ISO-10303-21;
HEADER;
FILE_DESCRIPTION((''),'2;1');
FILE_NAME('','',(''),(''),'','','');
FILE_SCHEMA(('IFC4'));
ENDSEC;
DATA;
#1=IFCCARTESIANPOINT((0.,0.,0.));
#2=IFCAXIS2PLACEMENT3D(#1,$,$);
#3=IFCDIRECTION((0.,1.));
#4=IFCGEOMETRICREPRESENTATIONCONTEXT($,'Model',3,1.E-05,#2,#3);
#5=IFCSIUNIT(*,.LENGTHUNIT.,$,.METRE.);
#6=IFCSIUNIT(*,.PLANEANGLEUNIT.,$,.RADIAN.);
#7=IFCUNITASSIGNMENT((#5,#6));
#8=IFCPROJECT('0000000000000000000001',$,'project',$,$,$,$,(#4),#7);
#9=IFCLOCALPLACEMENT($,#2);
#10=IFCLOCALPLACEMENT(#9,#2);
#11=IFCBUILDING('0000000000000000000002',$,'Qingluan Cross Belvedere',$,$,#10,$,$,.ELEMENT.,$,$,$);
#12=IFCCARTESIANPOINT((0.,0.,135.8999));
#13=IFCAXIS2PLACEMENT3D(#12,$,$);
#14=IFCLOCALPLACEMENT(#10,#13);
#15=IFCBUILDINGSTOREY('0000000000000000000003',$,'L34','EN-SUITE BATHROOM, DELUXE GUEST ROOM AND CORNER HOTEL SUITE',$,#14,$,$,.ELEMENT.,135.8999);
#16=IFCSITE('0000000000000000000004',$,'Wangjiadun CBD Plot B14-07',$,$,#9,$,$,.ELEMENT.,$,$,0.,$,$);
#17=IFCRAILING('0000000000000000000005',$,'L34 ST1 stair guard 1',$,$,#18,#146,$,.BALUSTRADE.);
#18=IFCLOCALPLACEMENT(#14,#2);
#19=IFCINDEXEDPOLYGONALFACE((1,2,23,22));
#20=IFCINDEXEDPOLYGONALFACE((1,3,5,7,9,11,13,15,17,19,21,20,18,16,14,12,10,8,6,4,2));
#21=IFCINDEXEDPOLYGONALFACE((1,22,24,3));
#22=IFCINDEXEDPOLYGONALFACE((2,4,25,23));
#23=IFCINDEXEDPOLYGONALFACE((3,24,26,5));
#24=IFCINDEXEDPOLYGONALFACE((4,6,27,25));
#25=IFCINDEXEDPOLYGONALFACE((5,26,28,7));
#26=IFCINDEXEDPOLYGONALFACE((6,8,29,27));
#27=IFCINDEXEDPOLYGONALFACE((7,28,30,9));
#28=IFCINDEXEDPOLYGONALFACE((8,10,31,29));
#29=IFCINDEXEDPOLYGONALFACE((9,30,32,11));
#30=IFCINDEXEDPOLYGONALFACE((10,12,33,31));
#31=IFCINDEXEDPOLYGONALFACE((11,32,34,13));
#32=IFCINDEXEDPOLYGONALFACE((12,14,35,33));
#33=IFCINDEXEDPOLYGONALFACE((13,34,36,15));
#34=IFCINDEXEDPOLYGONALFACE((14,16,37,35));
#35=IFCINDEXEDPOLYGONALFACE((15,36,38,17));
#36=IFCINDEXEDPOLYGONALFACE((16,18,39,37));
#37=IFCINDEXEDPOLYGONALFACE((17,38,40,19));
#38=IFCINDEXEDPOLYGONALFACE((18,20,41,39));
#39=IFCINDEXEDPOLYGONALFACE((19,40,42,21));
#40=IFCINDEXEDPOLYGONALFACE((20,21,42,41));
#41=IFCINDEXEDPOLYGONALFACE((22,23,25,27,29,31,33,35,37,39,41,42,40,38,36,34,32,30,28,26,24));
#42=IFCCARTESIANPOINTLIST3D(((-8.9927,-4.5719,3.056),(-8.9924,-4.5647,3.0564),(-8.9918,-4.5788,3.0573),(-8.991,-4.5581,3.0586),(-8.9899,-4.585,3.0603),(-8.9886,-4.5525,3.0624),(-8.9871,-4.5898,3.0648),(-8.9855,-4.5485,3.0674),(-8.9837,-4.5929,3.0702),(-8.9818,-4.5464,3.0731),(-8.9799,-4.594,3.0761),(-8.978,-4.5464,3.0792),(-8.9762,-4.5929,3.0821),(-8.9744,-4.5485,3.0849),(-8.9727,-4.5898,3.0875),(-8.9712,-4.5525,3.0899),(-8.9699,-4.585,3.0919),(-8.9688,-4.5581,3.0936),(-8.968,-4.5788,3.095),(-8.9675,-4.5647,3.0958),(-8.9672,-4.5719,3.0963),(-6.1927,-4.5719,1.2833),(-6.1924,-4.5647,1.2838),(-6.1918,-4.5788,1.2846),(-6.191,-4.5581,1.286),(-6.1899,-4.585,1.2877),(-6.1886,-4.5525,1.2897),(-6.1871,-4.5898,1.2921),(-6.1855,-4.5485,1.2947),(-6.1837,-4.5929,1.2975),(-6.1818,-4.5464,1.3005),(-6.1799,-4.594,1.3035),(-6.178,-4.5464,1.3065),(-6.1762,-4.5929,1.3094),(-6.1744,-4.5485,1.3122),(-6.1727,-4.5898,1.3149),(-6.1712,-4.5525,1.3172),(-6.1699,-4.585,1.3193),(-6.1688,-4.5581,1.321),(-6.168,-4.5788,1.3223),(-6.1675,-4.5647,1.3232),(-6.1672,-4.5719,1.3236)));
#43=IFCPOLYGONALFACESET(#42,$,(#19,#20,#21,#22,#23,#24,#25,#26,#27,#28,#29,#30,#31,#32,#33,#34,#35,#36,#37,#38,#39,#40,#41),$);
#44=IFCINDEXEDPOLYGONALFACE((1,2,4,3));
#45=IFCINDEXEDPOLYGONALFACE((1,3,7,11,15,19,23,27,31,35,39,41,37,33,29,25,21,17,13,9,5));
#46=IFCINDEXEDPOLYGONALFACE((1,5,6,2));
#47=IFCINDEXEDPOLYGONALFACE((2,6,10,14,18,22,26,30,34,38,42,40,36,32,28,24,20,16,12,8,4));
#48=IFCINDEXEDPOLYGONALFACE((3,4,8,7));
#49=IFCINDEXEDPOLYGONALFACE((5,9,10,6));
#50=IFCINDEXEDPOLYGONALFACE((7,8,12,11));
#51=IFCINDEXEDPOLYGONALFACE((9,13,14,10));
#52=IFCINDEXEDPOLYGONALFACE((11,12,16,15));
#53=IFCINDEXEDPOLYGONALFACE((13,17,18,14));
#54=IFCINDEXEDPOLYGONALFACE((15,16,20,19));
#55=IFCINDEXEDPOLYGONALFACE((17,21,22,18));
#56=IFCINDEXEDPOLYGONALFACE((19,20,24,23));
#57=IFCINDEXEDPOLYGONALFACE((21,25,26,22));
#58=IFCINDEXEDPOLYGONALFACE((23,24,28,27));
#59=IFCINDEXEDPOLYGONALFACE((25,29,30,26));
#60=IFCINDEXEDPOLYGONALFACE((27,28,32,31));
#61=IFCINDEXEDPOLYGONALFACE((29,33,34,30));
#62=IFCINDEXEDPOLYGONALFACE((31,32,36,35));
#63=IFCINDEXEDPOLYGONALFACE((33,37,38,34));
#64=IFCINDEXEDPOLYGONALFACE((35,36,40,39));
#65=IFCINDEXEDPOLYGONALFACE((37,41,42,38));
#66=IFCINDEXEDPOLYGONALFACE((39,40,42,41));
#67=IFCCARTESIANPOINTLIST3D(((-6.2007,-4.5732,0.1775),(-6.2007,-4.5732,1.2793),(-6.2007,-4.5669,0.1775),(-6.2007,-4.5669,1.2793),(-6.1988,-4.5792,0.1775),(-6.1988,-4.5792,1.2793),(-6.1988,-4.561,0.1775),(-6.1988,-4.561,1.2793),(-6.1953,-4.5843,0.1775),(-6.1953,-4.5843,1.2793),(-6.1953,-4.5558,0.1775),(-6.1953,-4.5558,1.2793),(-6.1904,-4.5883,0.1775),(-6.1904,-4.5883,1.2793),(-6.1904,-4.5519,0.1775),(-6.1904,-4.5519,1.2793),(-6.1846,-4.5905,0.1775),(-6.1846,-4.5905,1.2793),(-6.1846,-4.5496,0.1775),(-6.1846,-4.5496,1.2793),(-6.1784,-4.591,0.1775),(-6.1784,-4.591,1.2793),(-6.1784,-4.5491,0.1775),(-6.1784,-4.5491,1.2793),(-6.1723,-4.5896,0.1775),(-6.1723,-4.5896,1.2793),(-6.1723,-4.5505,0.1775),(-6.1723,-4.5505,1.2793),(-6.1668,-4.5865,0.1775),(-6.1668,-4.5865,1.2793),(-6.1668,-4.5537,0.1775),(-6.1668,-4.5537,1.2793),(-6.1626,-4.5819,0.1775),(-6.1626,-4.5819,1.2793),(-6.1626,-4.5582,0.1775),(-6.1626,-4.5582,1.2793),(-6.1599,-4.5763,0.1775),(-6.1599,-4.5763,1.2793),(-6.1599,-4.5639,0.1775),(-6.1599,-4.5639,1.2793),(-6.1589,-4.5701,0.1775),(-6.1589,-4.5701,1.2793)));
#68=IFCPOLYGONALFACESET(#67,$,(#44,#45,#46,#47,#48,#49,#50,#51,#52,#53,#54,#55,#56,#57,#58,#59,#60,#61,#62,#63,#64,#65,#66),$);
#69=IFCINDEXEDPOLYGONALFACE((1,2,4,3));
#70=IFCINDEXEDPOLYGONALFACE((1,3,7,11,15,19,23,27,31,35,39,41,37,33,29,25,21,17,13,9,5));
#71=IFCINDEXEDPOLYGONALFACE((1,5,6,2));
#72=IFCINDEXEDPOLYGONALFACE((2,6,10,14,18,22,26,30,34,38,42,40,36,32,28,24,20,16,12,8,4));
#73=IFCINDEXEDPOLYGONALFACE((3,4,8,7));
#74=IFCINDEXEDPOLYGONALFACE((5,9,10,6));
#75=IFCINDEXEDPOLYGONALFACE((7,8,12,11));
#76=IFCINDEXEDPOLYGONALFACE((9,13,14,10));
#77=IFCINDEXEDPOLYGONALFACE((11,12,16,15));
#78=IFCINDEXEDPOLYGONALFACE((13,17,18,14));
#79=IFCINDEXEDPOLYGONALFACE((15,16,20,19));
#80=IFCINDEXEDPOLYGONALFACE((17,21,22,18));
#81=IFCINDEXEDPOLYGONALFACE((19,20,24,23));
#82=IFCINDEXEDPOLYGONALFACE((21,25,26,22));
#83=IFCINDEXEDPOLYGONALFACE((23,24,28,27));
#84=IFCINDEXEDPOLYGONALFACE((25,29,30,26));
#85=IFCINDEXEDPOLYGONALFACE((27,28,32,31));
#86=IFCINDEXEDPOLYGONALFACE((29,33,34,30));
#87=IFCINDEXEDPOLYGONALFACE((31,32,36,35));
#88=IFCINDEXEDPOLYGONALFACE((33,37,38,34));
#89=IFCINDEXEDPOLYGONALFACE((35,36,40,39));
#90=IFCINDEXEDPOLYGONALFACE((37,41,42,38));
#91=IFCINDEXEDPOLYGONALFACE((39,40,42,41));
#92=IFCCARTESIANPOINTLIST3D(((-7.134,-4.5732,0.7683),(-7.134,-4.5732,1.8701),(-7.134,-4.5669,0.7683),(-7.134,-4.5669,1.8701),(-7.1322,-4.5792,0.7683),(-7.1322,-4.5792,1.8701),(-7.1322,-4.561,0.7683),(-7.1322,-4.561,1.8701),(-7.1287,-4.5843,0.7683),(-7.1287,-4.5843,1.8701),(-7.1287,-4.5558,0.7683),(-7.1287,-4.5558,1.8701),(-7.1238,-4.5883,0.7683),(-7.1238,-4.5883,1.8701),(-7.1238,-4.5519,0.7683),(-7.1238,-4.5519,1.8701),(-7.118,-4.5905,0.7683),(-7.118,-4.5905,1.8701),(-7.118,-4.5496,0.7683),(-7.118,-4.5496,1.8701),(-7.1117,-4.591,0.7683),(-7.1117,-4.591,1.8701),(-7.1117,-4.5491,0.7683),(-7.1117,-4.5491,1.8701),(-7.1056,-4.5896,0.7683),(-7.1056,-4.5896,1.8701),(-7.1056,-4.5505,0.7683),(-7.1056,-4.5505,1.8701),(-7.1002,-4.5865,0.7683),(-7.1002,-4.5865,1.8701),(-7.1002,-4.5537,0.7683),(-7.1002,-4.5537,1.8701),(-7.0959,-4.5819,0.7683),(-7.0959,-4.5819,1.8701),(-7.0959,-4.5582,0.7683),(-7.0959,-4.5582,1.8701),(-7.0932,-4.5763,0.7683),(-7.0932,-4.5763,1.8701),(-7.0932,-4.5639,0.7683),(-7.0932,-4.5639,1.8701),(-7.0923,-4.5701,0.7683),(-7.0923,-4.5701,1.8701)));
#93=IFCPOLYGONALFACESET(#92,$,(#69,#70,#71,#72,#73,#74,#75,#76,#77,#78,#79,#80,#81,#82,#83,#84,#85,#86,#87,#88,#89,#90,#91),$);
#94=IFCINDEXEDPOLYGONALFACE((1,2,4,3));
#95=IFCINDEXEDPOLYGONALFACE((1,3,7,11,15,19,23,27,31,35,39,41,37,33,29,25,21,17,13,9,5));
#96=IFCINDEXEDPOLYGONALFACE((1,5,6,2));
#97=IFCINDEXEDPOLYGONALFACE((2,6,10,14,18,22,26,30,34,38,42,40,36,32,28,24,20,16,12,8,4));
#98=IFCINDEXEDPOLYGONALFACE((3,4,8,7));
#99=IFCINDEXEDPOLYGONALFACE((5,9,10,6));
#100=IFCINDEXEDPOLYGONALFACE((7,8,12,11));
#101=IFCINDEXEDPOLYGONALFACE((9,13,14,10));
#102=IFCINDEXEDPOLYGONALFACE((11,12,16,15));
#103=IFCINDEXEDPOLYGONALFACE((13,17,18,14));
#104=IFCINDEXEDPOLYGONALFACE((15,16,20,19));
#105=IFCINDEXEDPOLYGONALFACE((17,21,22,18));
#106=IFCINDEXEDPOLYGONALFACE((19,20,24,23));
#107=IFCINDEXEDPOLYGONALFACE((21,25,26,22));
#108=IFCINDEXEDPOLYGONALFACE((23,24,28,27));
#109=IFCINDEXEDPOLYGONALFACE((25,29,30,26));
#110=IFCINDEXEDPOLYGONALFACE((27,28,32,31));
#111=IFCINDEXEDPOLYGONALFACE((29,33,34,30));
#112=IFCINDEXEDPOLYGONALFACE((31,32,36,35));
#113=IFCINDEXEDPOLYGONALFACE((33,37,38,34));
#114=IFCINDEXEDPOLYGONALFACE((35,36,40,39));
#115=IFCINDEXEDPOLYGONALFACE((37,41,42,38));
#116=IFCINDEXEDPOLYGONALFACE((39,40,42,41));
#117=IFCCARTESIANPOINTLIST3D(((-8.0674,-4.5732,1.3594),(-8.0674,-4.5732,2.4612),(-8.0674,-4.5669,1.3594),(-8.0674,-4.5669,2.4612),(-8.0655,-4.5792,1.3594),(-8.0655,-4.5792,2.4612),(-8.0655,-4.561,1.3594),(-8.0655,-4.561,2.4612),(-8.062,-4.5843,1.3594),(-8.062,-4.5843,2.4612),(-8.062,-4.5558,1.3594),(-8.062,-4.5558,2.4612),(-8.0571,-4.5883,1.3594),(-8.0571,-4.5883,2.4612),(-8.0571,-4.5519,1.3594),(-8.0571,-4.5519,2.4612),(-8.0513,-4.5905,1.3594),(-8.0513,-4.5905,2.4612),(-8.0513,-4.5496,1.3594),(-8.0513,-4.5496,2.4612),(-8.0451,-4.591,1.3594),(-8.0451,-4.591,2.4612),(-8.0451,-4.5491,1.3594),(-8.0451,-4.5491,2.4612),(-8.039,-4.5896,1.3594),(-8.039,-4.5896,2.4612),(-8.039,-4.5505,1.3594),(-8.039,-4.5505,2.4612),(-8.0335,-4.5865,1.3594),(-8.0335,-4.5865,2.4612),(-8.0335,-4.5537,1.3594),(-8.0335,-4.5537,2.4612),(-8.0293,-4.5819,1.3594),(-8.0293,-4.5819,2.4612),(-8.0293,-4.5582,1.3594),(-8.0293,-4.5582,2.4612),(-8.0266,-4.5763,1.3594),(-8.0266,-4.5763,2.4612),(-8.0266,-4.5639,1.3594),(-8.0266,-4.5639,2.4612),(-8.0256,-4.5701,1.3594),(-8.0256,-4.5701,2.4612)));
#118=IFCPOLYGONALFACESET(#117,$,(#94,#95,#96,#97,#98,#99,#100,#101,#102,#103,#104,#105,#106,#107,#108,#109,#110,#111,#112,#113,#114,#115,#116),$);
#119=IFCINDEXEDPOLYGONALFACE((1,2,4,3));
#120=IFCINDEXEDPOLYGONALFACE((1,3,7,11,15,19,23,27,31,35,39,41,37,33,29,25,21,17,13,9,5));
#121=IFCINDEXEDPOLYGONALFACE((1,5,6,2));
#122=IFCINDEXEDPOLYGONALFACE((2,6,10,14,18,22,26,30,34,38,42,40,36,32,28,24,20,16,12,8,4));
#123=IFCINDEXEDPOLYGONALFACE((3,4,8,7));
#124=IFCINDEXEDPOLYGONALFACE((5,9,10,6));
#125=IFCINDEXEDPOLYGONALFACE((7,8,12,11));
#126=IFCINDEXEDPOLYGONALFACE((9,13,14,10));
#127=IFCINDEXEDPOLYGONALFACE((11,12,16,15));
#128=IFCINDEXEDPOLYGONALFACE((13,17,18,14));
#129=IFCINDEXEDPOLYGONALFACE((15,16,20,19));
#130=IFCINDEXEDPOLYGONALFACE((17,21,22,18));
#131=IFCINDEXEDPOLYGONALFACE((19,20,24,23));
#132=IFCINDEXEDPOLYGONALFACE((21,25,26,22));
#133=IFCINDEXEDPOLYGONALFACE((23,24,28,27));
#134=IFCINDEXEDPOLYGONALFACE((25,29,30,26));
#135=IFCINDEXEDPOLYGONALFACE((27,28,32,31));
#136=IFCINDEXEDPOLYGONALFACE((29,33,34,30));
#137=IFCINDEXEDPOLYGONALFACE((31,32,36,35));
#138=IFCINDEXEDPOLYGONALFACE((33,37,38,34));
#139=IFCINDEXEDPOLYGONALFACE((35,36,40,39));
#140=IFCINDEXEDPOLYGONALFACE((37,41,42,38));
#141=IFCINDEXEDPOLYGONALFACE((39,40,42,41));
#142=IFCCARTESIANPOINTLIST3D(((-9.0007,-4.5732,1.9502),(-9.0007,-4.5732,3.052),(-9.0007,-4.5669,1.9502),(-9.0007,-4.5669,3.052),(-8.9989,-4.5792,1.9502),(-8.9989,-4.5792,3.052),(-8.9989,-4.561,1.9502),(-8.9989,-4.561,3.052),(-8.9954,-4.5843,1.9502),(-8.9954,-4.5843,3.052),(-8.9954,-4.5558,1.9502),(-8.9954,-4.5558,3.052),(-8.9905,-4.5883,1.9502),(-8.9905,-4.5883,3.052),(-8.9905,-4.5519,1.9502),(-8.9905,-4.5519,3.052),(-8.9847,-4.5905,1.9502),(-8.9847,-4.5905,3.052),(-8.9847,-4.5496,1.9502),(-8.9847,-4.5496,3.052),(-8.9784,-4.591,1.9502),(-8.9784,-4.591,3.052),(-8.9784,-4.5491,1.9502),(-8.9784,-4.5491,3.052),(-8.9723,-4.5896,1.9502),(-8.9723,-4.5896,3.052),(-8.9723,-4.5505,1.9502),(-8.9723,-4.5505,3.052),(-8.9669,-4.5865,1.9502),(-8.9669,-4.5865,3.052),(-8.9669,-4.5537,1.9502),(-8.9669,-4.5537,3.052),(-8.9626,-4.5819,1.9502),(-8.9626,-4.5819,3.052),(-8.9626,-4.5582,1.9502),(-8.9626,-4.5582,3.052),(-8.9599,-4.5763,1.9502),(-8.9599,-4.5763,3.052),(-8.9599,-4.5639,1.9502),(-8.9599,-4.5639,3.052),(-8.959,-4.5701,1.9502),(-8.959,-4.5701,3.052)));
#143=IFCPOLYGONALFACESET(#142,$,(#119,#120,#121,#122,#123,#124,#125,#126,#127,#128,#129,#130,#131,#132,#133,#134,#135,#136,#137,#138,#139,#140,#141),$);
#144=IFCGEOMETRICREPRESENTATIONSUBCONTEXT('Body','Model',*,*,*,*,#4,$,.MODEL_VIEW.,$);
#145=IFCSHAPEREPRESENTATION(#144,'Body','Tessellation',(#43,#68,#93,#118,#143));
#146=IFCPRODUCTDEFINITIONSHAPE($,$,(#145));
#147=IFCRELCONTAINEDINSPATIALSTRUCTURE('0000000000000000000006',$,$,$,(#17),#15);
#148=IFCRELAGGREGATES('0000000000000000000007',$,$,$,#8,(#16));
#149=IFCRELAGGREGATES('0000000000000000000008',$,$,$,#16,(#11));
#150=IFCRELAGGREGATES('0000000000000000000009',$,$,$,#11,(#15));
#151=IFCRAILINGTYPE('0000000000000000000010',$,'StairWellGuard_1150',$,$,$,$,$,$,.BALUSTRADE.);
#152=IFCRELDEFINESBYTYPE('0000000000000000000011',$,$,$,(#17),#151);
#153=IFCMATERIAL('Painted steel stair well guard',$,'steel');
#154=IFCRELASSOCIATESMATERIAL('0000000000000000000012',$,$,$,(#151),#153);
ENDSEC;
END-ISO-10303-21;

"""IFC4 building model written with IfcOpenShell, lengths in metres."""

from ifc_helpers import new_model, si_unit, direction, frame, origin, origin_2d, place, context, subcontext, project, spatial, circle, extrude, material, type_object, element, save


model = new_model("IFC4")

# Units and contexts
model_context = context("Model", 3, precision=1e-05, world=origin(), true_north=direction((0.0, 1.0)))
body_context = subcontext(model_context, "Body", "Model", "MODEL_VIEW")
ifc_project = project(units=[si_unit("LENGTHUNIT", "METRE"), si_unit("PLANEANGLEUNIT", "RADIAN")], contexts=[model_context])

# Site, building, storey
site_placement = place(None, origin())
site = spatial("IfcSite", under=ifc_project, at=site_placement, Name="Wangjiadun CBD Plot B14-07", CompositionType="ELEMENT", RefElevation=0.0)
building_placement = place(site_placement, origin())
building = spatial("IfcBuilding", under=site, at=building_placement, Name="Qingluan Cross Belvedere", CompositionType="ELEMENT")
storey_placement = place(building_placement, frame((0.0, 0.0, 135.8999)))
storey = spatial("IfcBuildingStorey", under=building, at=storey_placement, Name="L34", Description="EN-SUITE BATHROOM, DELUXE GUEST ROOM AND CORNER HOTEL SUITE", CompositionType="ELEMENT", Elevation=135.8999)

# Railing
ifc_material_1 = material(Name="Painted steel stair well guard", Category="steel")
railing_type_1 = type_object("IfcRailingType", Name="StairWellGuard_1150", PredefinedType="BALUSTRADE", material=ifc_material_1)
railing_1_placement = place(storey_placement, frame((-6.1799, -4.5701, 0.1775)))
element("IfcRailing", 1, at=railing_1_placement, inside=storey, type_object=railing_type_1, Name="L34 ST1 stair guard 1", PredefinedType="BALUSTRADE", context=body_context, shape_type="SweptSolid", body=[
    extrude(circle(Radius=0.0239, at=origin_2d()), frame((0.0, 0.0, 1.126), z_axis=(-0.844909, 0.0, 0.53491), x_axis=(0.0, -1.0, 0.0)), (0.0, 0.0, 1.0), 3.314),
    extrude(circle(Radius=0.021, at=origin_2d()), origin(), (0.0, 0.0, 1.0), 1.1018),
    extrude(circle(Radius=0.021, at=origin_2d()), frame((-0.9333, 0.0, 0.5908)), (0.0, 0.0, 1.0), 1.1018),
    extrude(circle(Radius=0.021, at=origin_2d()), frame((-1.8667, 0.0, 1.1819)), (0.0, 0.0, 1.0), 1.1018),
    extrude(circle(Radius=0.021, at=origin_2d()), frame((-2.8, 0.0, 1.7727)), (0.0, 0.0, 1.0), 1.1018),
])

save(model, "model.ifc")
